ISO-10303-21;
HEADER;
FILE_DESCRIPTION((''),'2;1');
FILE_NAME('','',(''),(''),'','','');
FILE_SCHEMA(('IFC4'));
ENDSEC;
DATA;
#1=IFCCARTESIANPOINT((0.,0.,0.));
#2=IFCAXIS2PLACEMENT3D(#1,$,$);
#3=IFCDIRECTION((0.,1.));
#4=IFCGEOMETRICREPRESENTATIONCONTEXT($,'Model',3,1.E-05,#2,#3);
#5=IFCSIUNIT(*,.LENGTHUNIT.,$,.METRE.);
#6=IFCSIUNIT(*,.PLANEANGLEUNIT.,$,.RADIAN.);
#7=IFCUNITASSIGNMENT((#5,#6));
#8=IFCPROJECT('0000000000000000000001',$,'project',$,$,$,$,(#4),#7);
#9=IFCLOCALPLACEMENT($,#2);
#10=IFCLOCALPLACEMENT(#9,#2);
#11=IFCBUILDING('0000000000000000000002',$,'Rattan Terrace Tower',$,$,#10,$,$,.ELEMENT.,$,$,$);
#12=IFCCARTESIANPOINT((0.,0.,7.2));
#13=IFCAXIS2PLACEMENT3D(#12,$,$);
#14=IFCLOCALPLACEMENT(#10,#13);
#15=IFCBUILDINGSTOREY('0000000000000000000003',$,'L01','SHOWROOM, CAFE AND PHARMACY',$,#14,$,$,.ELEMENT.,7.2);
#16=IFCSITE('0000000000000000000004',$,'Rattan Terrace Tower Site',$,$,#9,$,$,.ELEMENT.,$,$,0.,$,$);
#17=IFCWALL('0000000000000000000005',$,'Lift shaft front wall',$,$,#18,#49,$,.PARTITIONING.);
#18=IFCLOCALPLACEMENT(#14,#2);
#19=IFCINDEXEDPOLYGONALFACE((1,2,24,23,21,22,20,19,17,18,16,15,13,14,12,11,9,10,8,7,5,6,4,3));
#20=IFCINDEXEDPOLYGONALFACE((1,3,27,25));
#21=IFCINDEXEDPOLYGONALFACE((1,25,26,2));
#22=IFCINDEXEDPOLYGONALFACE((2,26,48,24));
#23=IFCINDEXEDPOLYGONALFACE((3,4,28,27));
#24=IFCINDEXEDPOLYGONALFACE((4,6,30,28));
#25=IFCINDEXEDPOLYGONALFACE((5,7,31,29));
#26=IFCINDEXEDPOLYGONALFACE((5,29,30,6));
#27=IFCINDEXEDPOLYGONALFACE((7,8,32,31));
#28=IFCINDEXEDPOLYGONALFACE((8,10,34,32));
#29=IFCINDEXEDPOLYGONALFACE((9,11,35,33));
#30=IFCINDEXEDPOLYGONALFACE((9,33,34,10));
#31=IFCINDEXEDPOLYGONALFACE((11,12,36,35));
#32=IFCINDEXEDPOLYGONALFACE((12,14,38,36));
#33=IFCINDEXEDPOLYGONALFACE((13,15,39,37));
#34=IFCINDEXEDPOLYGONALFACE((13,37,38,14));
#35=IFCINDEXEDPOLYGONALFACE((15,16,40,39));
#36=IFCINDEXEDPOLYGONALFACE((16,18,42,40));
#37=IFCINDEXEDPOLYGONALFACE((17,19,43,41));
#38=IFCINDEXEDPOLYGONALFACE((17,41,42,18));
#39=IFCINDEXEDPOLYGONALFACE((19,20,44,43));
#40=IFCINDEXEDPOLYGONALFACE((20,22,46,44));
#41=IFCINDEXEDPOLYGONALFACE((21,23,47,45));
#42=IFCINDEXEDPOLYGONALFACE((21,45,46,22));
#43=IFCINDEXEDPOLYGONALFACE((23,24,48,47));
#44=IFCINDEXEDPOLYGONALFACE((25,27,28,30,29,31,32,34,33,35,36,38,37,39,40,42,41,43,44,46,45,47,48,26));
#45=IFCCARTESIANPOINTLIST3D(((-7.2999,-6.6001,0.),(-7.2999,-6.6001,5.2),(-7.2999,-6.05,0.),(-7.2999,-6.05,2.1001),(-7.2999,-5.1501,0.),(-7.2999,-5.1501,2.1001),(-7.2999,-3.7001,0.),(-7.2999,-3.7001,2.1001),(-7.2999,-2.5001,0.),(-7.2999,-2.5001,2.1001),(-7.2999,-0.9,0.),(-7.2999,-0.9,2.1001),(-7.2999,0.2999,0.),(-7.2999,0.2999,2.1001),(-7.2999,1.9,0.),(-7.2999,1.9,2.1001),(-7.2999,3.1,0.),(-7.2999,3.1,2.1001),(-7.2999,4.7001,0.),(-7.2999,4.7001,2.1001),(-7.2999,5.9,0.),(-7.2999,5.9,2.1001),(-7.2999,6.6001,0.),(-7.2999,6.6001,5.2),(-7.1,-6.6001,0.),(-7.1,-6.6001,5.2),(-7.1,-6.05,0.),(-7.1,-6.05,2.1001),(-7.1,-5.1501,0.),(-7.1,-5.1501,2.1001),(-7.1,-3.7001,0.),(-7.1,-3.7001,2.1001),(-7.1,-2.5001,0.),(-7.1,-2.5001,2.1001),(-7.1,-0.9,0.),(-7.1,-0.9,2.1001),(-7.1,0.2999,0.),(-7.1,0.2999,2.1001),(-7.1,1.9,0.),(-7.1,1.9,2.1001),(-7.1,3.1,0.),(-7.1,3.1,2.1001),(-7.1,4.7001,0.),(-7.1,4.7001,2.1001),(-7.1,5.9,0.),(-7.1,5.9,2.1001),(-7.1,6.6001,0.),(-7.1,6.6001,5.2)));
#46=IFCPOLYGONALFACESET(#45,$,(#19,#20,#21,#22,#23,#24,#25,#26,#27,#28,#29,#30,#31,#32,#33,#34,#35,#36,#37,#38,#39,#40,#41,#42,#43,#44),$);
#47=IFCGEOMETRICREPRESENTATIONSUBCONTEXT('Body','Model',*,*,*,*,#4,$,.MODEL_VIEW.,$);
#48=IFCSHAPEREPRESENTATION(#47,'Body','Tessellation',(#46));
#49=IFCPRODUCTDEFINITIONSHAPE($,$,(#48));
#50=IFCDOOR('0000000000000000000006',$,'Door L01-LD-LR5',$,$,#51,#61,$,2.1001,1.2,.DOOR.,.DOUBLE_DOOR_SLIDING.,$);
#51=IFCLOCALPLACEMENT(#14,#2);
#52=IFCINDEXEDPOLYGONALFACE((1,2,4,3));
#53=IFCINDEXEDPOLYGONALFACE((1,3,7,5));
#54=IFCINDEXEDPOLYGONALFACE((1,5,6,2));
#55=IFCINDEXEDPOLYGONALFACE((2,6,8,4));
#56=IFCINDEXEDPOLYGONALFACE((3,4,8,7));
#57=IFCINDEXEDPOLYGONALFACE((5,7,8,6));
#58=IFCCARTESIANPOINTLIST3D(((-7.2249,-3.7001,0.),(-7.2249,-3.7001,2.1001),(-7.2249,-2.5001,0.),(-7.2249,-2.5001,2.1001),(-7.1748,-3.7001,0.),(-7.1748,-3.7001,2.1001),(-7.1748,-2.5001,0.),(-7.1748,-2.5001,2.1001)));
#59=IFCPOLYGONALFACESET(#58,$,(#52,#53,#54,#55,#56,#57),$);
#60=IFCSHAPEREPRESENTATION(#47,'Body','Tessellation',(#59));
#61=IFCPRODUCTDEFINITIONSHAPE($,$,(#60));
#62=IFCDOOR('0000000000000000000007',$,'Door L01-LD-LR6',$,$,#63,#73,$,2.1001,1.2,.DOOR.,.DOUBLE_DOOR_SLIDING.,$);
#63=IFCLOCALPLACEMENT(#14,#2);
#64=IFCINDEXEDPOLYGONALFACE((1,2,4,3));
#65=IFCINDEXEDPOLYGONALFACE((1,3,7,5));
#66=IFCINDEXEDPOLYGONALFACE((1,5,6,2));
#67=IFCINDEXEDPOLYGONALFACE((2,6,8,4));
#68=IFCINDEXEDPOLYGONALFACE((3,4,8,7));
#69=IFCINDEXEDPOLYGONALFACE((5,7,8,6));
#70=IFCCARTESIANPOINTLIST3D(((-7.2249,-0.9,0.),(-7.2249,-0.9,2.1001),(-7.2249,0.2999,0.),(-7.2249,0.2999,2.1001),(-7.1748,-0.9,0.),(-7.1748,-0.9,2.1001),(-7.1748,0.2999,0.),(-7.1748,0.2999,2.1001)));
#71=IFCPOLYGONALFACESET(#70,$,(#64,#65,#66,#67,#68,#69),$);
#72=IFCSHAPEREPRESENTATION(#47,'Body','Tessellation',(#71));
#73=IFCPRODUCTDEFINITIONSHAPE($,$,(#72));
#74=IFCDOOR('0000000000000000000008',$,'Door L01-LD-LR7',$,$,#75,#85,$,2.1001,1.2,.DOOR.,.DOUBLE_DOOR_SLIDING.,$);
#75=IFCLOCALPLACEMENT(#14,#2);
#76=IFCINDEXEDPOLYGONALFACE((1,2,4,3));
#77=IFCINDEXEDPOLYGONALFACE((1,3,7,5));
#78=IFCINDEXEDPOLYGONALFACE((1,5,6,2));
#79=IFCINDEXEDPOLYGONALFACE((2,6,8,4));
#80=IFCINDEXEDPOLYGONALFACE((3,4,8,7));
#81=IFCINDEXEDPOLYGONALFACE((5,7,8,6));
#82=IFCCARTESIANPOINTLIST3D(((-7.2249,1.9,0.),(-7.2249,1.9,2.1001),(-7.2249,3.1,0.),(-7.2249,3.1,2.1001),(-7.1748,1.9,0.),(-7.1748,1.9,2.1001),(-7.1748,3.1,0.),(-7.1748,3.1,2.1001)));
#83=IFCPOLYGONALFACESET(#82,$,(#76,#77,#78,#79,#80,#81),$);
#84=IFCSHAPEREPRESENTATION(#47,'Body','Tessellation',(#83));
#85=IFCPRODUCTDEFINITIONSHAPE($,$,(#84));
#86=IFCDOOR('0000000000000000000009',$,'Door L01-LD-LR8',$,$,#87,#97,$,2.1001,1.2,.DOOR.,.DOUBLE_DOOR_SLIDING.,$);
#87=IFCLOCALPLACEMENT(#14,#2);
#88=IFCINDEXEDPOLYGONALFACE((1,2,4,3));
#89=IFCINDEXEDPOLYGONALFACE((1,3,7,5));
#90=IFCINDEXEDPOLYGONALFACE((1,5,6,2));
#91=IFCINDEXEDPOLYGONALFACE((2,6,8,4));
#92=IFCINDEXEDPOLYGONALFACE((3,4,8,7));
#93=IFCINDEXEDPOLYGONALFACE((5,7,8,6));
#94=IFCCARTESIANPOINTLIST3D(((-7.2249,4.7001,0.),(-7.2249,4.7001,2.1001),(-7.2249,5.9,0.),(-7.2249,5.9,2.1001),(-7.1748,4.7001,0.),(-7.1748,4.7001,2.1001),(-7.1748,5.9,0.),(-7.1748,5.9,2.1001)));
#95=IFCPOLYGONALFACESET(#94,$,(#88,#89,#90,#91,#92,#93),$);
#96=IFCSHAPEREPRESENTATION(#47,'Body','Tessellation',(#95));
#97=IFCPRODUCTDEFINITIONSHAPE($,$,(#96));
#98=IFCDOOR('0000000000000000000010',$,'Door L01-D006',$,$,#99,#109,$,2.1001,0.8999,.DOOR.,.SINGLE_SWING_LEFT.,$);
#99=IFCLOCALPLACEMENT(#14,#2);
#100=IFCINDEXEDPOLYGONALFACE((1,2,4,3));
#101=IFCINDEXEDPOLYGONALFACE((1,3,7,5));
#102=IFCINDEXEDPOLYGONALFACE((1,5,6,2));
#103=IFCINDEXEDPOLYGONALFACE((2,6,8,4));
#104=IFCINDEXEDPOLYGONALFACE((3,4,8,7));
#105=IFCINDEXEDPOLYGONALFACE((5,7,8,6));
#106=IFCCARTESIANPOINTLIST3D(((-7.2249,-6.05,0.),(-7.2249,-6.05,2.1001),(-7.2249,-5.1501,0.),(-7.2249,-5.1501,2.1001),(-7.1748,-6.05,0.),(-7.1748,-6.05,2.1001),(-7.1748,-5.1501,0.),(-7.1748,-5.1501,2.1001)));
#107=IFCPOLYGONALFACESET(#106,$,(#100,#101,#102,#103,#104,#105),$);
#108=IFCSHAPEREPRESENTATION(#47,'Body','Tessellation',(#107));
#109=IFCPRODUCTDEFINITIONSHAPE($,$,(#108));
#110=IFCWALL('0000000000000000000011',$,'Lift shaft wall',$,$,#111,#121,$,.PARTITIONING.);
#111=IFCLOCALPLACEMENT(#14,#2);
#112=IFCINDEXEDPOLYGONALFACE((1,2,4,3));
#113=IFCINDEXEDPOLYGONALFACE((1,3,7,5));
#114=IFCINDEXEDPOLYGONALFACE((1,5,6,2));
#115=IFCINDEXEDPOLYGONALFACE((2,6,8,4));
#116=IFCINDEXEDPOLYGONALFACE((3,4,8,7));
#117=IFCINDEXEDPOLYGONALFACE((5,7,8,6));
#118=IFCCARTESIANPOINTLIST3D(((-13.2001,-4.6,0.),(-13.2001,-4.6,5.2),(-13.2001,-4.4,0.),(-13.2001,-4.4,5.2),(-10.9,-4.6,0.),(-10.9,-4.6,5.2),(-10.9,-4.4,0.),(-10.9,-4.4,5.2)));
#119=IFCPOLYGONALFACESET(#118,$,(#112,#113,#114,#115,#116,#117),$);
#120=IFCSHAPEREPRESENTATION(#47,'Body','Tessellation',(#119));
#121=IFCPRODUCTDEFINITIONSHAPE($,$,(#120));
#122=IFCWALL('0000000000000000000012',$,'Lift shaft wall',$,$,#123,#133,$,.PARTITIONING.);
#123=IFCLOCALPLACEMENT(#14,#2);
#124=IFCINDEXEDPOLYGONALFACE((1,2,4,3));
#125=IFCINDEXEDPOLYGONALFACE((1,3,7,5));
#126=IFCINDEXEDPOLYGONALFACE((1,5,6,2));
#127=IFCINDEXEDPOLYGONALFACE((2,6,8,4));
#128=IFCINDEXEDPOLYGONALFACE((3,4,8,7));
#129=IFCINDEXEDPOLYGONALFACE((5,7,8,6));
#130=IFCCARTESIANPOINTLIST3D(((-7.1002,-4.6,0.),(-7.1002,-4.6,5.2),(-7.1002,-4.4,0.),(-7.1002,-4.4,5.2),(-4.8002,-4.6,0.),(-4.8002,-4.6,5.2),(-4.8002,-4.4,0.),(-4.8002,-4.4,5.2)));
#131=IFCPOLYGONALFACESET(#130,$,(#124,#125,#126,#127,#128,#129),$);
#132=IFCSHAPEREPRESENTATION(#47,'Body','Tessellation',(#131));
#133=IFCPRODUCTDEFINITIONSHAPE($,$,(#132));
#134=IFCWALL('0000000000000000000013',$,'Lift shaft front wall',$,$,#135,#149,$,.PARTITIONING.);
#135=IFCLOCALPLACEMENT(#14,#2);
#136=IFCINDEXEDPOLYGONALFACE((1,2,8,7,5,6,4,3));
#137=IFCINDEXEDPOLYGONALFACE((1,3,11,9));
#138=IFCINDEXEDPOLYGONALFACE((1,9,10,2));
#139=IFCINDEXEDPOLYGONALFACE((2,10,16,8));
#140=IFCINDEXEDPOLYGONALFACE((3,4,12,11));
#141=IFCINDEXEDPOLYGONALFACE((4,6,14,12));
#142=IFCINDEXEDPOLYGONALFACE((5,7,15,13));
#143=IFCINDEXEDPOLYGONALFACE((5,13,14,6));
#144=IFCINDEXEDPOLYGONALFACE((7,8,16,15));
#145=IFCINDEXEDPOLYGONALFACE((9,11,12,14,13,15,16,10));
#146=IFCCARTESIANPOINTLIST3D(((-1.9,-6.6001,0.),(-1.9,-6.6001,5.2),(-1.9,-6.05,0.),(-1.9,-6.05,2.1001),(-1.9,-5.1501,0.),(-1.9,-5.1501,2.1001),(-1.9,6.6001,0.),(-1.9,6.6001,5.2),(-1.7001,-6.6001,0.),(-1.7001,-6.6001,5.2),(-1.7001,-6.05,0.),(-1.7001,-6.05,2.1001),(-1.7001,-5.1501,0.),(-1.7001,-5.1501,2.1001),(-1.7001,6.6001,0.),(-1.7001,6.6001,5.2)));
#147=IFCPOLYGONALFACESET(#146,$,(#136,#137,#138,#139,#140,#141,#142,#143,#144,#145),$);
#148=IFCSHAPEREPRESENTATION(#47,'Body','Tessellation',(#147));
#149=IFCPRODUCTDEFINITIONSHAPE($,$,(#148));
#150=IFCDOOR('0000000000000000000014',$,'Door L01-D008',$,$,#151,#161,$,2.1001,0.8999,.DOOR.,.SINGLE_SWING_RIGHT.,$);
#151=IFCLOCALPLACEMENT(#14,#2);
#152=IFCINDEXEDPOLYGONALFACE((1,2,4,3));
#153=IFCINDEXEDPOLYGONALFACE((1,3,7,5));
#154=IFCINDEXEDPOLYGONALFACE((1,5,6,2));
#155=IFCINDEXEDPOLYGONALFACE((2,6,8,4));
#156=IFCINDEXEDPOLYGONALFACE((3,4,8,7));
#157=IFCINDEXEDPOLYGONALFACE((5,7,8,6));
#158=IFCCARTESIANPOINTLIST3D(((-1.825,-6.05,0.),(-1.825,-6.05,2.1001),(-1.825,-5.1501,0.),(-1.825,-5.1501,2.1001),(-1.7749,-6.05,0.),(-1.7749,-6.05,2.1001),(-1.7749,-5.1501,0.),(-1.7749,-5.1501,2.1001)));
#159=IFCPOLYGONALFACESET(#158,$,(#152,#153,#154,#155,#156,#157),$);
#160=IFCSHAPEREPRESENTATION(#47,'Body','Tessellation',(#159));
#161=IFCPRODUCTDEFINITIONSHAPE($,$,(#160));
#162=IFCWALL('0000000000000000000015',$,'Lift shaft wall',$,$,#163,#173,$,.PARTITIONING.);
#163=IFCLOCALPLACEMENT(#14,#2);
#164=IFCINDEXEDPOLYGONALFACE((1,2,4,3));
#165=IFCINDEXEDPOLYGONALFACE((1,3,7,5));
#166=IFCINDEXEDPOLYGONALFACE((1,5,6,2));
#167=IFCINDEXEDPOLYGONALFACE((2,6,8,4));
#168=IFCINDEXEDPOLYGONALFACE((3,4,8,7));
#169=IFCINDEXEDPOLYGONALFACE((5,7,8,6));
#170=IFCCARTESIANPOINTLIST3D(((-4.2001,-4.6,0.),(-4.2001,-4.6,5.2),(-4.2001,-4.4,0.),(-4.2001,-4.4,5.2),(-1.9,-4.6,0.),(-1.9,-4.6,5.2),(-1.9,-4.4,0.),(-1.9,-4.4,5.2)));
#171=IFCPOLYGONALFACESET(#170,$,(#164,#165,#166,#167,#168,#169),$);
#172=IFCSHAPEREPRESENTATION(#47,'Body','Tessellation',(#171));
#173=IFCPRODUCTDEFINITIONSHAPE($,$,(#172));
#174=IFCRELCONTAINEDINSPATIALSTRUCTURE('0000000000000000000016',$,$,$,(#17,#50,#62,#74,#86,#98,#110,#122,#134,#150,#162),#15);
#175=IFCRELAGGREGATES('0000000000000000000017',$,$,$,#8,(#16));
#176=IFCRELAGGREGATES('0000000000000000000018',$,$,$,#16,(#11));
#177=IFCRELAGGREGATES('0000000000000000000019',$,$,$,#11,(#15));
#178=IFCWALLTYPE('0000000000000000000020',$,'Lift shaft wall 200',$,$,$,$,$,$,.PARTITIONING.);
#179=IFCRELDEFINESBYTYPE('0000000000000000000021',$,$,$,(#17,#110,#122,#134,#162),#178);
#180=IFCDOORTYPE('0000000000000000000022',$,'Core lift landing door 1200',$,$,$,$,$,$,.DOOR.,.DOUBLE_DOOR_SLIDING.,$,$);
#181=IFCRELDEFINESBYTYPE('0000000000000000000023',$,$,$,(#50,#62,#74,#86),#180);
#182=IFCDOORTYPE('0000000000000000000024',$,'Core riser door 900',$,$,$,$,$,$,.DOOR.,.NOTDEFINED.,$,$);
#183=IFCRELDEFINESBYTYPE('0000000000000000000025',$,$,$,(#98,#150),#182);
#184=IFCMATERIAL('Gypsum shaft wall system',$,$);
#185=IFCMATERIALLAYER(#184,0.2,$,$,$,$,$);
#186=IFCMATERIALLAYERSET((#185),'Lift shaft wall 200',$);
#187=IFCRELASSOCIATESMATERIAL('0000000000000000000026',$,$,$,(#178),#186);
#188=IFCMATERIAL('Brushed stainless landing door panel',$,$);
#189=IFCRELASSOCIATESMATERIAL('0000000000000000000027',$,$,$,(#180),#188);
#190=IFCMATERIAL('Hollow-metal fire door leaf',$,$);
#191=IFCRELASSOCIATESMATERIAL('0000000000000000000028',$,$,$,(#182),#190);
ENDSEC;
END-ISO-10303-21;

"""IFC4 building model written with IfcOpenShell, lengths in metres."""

from ifc_helpers import new_model, si_unit, direction, frame, frame_2d, origin, place, context, subcontext, project, spatial, rectangle, extrude, material, layer, layer_set, type_object, element, fill, save


model = new_model("IFC4")

# Units and contexts
model_context = context("Model", 3, precision=1e-05, world=origin(), true_north=direction((0.0, 1.0)))
body_context = subcontext(model_context, "Body", "Model", "MODEL_VIEW")
ifc_project = project(units=[si_unit("LENGTHUNIT", "METRE"), si_unit("PLANEANGLEUNIT", "RADIAN")], contexts=[model_context])

# Site, building, storey
site_placement = place(None, origin())
site = spatial("IfcSite", under=ifc_project, at=site_placement, Name="Rattan Terrace Tower Site", CompositionType="ELEMENT", RefElevation=0.0)
building_placement = place(site_placement, origin())
building = spatial("IfcBuilding", under=site, at=building_placement, Name="Rattan Terrace Tower", CompositionType="ELEMENT")
storey_placement = place(building_placement, frame((0.0, 0.0, 7.2)))
storey = spatial("IfcBuildingStorey", under=building, at=storey_placement, Name="L01", Description="SHOWROOM, CAFE AND PHARMACY", CompositionType="ELEMENT", Elevation=7.2)

# Wall, openings, doors
ifc_material_1 = material(Name="Gypsum shaft wall system")
ifc_layer_1 = layer(ifc_material_1, 0.2)
ifc_layer_set_1 = layer_set([ifc_layer_1], Name="Lift shaft wall 200")
wall_type_1 = type_object("IfcWallType", Name="Lift shaft wall 200", PredefinedType="PARTITIONING", material=ifc_layer_set_1)
ifc_material_2 = material(Name="Brushed stainless landing door panel")
door_type_1 = type_object("IfcDoorType", Name="Core lift landing door 1200", OperationType="DOUBLE_DOOR_SLIDING", PredefinedType="DOOR", material=ifc_material_2)
ifc_material_3 = material(Name="Hollow-metal fire door leaf")
door_type_2 = type_object("IfcDoorType", Name="Core riser door 900", OperationType="NOTDEFINED", PredefinedType="DOOR", material=ifc_material_3)
wall_1_placement = place(storey_placement, frame((-7.2, -6.6001, 0.0), z_axis=(0.0, 0.0, 1.0), x_axis=(0.0, 1.0, 0.0)))
wall_1 = element("IfcWall", 1, at=wall_1_placement, inside=storey, type_object=wall_type_1, Name="Lift shaft front wall", PredefinedType="PARTITIONING", context=body_context, shape_type="SweptSolid", body=[
    extrude(rectangle(XDim=13.2002, YDim=0.2, at=frame_2d((6.6001, 0.0))), origin(), (0.0, 0.0, 1.0), 5.2),
])
opening_1_placement = place(wall_1_placement, frame((0.55, 0.0, 0.0)))
opening_1 = element("IfcOpeningElement", 2, at=opening_1_placement, cuts=wall_1, PredefinedType="OPENING", context=body_context, shape_type="SweptSolid", body=[
    extrude(rectangle(XDim=0.8999, YDim=2.1001, at=frame_2d((0.45, 1.05))), frame((0.0, 0.1106, 0.0), z_axis=(0.0, -1.0, 0.0), x_axis=(1.0, 0.0, 0.0)), (0.0, 0.0, 1.0), 0.2209),
])
opening_2_placement = place(wall_1_placement, frame((2.8999, 0.0, 0.0)))
opening_2 = element("IfcOpeningElement", 3, at=opening_2_placement, cuts=wall_1, PredefinedType="OPENING", context=body_context, shape_type="SweptSolid", body=[
    extrude(rectangle(XDim=1.2, YDim=2.1001, at=frame_2d((0.6001, 1.05))), frame((0.0, 0.1106, 0.0), z_axis=(0.0, -1.0, 0.0), x_axis=(1.0, 0.0, 0.0)), (0.0, 0.0, 1.0), 0.2209),
])
opening_3_placement = place(wall_1_placement, frame((5.7, 0.0, 0.0)))
opening_3 = element("IfcOpeningElement", 4, at=opening_3_placement, cuts=wall_1, PredefinedType="OPENING", context=body_context, shape_type="SweptSolid", body=[
    extrude(rectangle(XDim=1.2, YDim=2.1001, at=frame_2d((0.6001, 1.05))), frame((0.0, 0.1106, 0.0), z_axis=(0.0, -1.0, 0.0), x_axis=(1.0, 0.0, 0.0)), (0.0, 0.0, 1.0), 0.2209),
])
opening_4_placement = place(wall_1_placement, frame((8.5, 0.0, 0.0)))
opening_4 = element("IfcOpeningElement", 5, at=opening_4_placement, cuts=wall_1, PredefinedType="OPENING", context=body_context, shape_type="SweptSolid", body=[
    extrude(rectangle(XDim=1.2, YDim=2.1001, at=frame_2d((0.6001, 1.05))), frame((0.0, 0.1106, 0.0), z_axis=(0.0, -1.0, 0.0), x_axis=(1.0, 0.0, 0.0)), (0.0, 0.0, 1.0), 0.2209),
])
opening_5_placement = place(wall_1_placement, frame((11.3, 0.0, 0.0)))
opening_5 = element("IfcOpeningElement", 6, at=opening_5_placement, cuts=wall_1, PredefinedType="OPENING", context=body_context, shape_type="SweptSolid", body=[
    extrude(rectangle(XDim=1.2, YDim=2.1001, at=frame_2d((0.6001, 1.05))), frame((0.0, 0.1106, 0.0), z_axis=(0.0, -1.0, 0.0), x_axis=(1.0, 0.0, 0.0)), (0.0, 0.0, 1.0), 0.2209),
])
door_1_placement = place(opening_2_placement, origin())
door_1 = element("IfcDoor", 7, at=door_1_placement, inside=storey, type_object=door_type_1, Name="Door L01-LD-LR5", OperationType="DOUBLE_DOOR_SLIDING", OverallHeight=2.1001, OverallWidth=1.2, PredefinedType="DOOR", context=body_context, shape_type="SweptSolid", body=[
    extrude(rectangle(XDim=1.2, YDim=2.1001, at=frame_2d((0.6001, 1.05))), frame((0.0, 0.0249, 0.0), z_axis=(0.0, -1.0, 0.0), x_axis=(1.0, 0.0, 0.0)), (0.0, 0.0, 1.0), 0.05),
])
fill(opening_2, door_1)
door_2_placement = place(opening_3_placement, origin())
door_2 = element("IfcDoor", 8, at=door_2_placement, inside=storey, type_object=door_type_1, Name="Door L01-LD-LR6", OperationType="DOUBLE_DOOR_SLIDING", OverallHeight=2.1001, OverallWidth=1.2, PredefinedType="DOOR", context=body_context, shape_type="SweptSolid", body=[
    extrude(rectangle(XDim=1.2, YDim=2.1001, at=frame_2d((0.6001, 1.05))), frame((0.0, 0.0249, 0.0), z_axis=(0.0, -1.0, 0.0), x_axis=(1.0, 0.0, 0.0)), (0.0, 0.0, 1.0), 0.05),
])
fill(opening_3, door_2)
door_3_placement = place(opening_4_placement, origin())
door_3 = element("IfcDoor", 9, at=door_3_placement, inside=storey, type_object=door_type_1, Name="Door L01-LD-LR7", OperationType="DOUBLE_DOOR_SLIDING", OverallHeight=2.1001, OverallWidth=1.2, PredefinedType="DOOR", context=body_context, shape_type="SweptSolid", body=[
    extrude(rectangle(XDim=1.2, YDim=2.1001, at=frame_2d((0.6001, 1.05))), frame((0.0, 0.0249, 0.0), z_axis=(0.0, -1.0, 0.0), x_axis=(1.0, 0.0, 0.0)), (0.0, 0.0, 1.0), 0.05),
])
fill(opening_4, door_3)
door_4_placement = place(opening_5_placement, origin())
door_4 = element("IfcDoor", 10, at=door_4_placement, inside=storey, type_object=door_type_1, Name="Door L01-LD-LR8", OperationType="DOUBLE_DOOR_SLIDING", OverallHeight=2.1001, OverallWidth=1.2, PredefinedType="DOOR", context=body_context, shape_type="SweptSolid", body=[
    extrude(rectangle(XDim=1.2, YDim=2.1001, at=frame_2d((0.6001, 1.05))), frame((0.0, 0.0249, 0.0), z_axis=(0.0, -1.0, 0.0), x_axis=(1.0, 0.0, 0.0)), (0.0, 0.0, 1.0), 0.05),
])
fill(opening_5, door_4)
door_5_placement = place(opening_1_placement, origin())
door_5 = element("IfcDoor", 11, at=door_5_placement, inside=storey, type_object=door_type_2, Name="Door L01-D006", OperationType="SINGLE_SWING_LEFT", OverallHeight=2.1001, OverallWidth=0.8999, PredefinedType="DOOR", context=body_context, shape_type="SweptSolid", body=[
    extrude(rectangle(XDim=0.8999, YDim=2.1001, at=frame_2d((0.45, 1.05))), frame((0.0, 0.0249, 0.0), z_axis=(0.0, -1.0, 0.0), x_axis=(1.0, 0.0, 0.0)), (0.0, 0.0, 1.0), 0.05),
])
fill(opening_1, door_5)

# Walls
for number, where, z_axis, x_axis, name in (
    (12, (-13.2, -4.5, 0.0), (0.0, 0.0, 1.0), (1.0, 0.0, 0.0), "Lift shaft wall"),
    (13, (-7.1001, -4.5, 0.0), (0.0, 0.0, 1.0), (1.0, 0.0, 0.0), "Lift shaft wall"),
):
    element("IfcWall", number, at=place(storey_placement, frame(where, z_axis=z_axis, x_axis=x_axis)), inside=storey, type_object=wall_type_1, Name=name, PredefinedType="PARTITIONING", context=body_context, shape_type="SweptSolid", body=[
        extrude(rectangle(XDim=2.3, YDim=0.2, at=frame_2d((1.1499, 0.0))), origin(), (0.0, 0.0, 1.0), 5.2),
    ])

# Wall, opening, door
wall_2_placement = place(storey_placement, frame((-1.8, -6.6001, 0.0), z_axis=(0.0, 0.0, 1.0), x_axis=(0.0, 1.0, 0.0)))
wall_2 = element("IfcWall", 14, at=wall_2_placement, inside=storey, type_object=wall_type_1, Name="Lift shaft front wall", PredefinedType="PARTITIONING", context=body_context, shape_type="SweptSolid", body=[
    extrude(rectangle(XDim=13.2002, YDim=0.2, at=frame_2d((6.6001, 0.0))), origin(), (0.0, 0.0, 1.0), 5.2),
])
opening_6_placement = place(wall_2_placement, frame((0.55, 0.0, 0.0)))
opening_6 = element("IfcOpeningElement", 15, at=opening_6_placement, cuts=wall_2, PredefinedType="OPENING", context=body_context, shape_type="SweptSolid", body=[
    extrude(rectangle(XDim=0.8999, YDim=2.1001, at=frame_2d((0.45, 1.05))), frame((0.0, 0.1106, 0.0), z_axis=(0.0, -1.0, 0.0), x_axis=(1.0, 0.0, 0.0)), (0.0, 0.0, 1.0), 0.2209),
])
door_6_placement = place(opening_6_placement, origin())
door_6 = element("IfcDoor", 16, at=door_6_placement, inside=storey, type_object=door_type_2, Name="Door L01-D008", OperationType="SINGLE_SWING_RIGHT", OverallHeight=2.1001, OverallWidth=0.8999, PredefinedType="DOOR", context=body_context, shape_type="SweptSolid", body=[
    extrude(rectangle(XDim=0.8999, YDim=2.1001, at=frame_2d((0.45, 1.05))), frame((0.0, 0.0249, 0.0), z_axis=(0.0, -1.0, 0.0), x_axis=(1.0, 0.0, 0.0)), (0.0, 0.0, 1.0), 0.05),
])
fill(opening_6, door_6)

# Wall
wall_3_placement = place(storey_placement, frame((-4.2, -4.5, 0.0), z_axis=(0.0, 0.0, 1.0), x_axis=(1.0, 0.0, 0.0)))
element("IfcWall", 17, at=wall_3_placement, inside=storey, type_object=wall_type_1, Name="Lift shaft wall", PredefinedType="PARTITIONING", context=body_context, shape_type="SweptSolid", body=[
    extrude(rectangle(XDim=2.3, YDim=0.2, at=frame_2d((1.1499, 0.0))), origin(), (0.0, 0.0, 1.0), 5.2),
])

save(model, "model.ifc")
